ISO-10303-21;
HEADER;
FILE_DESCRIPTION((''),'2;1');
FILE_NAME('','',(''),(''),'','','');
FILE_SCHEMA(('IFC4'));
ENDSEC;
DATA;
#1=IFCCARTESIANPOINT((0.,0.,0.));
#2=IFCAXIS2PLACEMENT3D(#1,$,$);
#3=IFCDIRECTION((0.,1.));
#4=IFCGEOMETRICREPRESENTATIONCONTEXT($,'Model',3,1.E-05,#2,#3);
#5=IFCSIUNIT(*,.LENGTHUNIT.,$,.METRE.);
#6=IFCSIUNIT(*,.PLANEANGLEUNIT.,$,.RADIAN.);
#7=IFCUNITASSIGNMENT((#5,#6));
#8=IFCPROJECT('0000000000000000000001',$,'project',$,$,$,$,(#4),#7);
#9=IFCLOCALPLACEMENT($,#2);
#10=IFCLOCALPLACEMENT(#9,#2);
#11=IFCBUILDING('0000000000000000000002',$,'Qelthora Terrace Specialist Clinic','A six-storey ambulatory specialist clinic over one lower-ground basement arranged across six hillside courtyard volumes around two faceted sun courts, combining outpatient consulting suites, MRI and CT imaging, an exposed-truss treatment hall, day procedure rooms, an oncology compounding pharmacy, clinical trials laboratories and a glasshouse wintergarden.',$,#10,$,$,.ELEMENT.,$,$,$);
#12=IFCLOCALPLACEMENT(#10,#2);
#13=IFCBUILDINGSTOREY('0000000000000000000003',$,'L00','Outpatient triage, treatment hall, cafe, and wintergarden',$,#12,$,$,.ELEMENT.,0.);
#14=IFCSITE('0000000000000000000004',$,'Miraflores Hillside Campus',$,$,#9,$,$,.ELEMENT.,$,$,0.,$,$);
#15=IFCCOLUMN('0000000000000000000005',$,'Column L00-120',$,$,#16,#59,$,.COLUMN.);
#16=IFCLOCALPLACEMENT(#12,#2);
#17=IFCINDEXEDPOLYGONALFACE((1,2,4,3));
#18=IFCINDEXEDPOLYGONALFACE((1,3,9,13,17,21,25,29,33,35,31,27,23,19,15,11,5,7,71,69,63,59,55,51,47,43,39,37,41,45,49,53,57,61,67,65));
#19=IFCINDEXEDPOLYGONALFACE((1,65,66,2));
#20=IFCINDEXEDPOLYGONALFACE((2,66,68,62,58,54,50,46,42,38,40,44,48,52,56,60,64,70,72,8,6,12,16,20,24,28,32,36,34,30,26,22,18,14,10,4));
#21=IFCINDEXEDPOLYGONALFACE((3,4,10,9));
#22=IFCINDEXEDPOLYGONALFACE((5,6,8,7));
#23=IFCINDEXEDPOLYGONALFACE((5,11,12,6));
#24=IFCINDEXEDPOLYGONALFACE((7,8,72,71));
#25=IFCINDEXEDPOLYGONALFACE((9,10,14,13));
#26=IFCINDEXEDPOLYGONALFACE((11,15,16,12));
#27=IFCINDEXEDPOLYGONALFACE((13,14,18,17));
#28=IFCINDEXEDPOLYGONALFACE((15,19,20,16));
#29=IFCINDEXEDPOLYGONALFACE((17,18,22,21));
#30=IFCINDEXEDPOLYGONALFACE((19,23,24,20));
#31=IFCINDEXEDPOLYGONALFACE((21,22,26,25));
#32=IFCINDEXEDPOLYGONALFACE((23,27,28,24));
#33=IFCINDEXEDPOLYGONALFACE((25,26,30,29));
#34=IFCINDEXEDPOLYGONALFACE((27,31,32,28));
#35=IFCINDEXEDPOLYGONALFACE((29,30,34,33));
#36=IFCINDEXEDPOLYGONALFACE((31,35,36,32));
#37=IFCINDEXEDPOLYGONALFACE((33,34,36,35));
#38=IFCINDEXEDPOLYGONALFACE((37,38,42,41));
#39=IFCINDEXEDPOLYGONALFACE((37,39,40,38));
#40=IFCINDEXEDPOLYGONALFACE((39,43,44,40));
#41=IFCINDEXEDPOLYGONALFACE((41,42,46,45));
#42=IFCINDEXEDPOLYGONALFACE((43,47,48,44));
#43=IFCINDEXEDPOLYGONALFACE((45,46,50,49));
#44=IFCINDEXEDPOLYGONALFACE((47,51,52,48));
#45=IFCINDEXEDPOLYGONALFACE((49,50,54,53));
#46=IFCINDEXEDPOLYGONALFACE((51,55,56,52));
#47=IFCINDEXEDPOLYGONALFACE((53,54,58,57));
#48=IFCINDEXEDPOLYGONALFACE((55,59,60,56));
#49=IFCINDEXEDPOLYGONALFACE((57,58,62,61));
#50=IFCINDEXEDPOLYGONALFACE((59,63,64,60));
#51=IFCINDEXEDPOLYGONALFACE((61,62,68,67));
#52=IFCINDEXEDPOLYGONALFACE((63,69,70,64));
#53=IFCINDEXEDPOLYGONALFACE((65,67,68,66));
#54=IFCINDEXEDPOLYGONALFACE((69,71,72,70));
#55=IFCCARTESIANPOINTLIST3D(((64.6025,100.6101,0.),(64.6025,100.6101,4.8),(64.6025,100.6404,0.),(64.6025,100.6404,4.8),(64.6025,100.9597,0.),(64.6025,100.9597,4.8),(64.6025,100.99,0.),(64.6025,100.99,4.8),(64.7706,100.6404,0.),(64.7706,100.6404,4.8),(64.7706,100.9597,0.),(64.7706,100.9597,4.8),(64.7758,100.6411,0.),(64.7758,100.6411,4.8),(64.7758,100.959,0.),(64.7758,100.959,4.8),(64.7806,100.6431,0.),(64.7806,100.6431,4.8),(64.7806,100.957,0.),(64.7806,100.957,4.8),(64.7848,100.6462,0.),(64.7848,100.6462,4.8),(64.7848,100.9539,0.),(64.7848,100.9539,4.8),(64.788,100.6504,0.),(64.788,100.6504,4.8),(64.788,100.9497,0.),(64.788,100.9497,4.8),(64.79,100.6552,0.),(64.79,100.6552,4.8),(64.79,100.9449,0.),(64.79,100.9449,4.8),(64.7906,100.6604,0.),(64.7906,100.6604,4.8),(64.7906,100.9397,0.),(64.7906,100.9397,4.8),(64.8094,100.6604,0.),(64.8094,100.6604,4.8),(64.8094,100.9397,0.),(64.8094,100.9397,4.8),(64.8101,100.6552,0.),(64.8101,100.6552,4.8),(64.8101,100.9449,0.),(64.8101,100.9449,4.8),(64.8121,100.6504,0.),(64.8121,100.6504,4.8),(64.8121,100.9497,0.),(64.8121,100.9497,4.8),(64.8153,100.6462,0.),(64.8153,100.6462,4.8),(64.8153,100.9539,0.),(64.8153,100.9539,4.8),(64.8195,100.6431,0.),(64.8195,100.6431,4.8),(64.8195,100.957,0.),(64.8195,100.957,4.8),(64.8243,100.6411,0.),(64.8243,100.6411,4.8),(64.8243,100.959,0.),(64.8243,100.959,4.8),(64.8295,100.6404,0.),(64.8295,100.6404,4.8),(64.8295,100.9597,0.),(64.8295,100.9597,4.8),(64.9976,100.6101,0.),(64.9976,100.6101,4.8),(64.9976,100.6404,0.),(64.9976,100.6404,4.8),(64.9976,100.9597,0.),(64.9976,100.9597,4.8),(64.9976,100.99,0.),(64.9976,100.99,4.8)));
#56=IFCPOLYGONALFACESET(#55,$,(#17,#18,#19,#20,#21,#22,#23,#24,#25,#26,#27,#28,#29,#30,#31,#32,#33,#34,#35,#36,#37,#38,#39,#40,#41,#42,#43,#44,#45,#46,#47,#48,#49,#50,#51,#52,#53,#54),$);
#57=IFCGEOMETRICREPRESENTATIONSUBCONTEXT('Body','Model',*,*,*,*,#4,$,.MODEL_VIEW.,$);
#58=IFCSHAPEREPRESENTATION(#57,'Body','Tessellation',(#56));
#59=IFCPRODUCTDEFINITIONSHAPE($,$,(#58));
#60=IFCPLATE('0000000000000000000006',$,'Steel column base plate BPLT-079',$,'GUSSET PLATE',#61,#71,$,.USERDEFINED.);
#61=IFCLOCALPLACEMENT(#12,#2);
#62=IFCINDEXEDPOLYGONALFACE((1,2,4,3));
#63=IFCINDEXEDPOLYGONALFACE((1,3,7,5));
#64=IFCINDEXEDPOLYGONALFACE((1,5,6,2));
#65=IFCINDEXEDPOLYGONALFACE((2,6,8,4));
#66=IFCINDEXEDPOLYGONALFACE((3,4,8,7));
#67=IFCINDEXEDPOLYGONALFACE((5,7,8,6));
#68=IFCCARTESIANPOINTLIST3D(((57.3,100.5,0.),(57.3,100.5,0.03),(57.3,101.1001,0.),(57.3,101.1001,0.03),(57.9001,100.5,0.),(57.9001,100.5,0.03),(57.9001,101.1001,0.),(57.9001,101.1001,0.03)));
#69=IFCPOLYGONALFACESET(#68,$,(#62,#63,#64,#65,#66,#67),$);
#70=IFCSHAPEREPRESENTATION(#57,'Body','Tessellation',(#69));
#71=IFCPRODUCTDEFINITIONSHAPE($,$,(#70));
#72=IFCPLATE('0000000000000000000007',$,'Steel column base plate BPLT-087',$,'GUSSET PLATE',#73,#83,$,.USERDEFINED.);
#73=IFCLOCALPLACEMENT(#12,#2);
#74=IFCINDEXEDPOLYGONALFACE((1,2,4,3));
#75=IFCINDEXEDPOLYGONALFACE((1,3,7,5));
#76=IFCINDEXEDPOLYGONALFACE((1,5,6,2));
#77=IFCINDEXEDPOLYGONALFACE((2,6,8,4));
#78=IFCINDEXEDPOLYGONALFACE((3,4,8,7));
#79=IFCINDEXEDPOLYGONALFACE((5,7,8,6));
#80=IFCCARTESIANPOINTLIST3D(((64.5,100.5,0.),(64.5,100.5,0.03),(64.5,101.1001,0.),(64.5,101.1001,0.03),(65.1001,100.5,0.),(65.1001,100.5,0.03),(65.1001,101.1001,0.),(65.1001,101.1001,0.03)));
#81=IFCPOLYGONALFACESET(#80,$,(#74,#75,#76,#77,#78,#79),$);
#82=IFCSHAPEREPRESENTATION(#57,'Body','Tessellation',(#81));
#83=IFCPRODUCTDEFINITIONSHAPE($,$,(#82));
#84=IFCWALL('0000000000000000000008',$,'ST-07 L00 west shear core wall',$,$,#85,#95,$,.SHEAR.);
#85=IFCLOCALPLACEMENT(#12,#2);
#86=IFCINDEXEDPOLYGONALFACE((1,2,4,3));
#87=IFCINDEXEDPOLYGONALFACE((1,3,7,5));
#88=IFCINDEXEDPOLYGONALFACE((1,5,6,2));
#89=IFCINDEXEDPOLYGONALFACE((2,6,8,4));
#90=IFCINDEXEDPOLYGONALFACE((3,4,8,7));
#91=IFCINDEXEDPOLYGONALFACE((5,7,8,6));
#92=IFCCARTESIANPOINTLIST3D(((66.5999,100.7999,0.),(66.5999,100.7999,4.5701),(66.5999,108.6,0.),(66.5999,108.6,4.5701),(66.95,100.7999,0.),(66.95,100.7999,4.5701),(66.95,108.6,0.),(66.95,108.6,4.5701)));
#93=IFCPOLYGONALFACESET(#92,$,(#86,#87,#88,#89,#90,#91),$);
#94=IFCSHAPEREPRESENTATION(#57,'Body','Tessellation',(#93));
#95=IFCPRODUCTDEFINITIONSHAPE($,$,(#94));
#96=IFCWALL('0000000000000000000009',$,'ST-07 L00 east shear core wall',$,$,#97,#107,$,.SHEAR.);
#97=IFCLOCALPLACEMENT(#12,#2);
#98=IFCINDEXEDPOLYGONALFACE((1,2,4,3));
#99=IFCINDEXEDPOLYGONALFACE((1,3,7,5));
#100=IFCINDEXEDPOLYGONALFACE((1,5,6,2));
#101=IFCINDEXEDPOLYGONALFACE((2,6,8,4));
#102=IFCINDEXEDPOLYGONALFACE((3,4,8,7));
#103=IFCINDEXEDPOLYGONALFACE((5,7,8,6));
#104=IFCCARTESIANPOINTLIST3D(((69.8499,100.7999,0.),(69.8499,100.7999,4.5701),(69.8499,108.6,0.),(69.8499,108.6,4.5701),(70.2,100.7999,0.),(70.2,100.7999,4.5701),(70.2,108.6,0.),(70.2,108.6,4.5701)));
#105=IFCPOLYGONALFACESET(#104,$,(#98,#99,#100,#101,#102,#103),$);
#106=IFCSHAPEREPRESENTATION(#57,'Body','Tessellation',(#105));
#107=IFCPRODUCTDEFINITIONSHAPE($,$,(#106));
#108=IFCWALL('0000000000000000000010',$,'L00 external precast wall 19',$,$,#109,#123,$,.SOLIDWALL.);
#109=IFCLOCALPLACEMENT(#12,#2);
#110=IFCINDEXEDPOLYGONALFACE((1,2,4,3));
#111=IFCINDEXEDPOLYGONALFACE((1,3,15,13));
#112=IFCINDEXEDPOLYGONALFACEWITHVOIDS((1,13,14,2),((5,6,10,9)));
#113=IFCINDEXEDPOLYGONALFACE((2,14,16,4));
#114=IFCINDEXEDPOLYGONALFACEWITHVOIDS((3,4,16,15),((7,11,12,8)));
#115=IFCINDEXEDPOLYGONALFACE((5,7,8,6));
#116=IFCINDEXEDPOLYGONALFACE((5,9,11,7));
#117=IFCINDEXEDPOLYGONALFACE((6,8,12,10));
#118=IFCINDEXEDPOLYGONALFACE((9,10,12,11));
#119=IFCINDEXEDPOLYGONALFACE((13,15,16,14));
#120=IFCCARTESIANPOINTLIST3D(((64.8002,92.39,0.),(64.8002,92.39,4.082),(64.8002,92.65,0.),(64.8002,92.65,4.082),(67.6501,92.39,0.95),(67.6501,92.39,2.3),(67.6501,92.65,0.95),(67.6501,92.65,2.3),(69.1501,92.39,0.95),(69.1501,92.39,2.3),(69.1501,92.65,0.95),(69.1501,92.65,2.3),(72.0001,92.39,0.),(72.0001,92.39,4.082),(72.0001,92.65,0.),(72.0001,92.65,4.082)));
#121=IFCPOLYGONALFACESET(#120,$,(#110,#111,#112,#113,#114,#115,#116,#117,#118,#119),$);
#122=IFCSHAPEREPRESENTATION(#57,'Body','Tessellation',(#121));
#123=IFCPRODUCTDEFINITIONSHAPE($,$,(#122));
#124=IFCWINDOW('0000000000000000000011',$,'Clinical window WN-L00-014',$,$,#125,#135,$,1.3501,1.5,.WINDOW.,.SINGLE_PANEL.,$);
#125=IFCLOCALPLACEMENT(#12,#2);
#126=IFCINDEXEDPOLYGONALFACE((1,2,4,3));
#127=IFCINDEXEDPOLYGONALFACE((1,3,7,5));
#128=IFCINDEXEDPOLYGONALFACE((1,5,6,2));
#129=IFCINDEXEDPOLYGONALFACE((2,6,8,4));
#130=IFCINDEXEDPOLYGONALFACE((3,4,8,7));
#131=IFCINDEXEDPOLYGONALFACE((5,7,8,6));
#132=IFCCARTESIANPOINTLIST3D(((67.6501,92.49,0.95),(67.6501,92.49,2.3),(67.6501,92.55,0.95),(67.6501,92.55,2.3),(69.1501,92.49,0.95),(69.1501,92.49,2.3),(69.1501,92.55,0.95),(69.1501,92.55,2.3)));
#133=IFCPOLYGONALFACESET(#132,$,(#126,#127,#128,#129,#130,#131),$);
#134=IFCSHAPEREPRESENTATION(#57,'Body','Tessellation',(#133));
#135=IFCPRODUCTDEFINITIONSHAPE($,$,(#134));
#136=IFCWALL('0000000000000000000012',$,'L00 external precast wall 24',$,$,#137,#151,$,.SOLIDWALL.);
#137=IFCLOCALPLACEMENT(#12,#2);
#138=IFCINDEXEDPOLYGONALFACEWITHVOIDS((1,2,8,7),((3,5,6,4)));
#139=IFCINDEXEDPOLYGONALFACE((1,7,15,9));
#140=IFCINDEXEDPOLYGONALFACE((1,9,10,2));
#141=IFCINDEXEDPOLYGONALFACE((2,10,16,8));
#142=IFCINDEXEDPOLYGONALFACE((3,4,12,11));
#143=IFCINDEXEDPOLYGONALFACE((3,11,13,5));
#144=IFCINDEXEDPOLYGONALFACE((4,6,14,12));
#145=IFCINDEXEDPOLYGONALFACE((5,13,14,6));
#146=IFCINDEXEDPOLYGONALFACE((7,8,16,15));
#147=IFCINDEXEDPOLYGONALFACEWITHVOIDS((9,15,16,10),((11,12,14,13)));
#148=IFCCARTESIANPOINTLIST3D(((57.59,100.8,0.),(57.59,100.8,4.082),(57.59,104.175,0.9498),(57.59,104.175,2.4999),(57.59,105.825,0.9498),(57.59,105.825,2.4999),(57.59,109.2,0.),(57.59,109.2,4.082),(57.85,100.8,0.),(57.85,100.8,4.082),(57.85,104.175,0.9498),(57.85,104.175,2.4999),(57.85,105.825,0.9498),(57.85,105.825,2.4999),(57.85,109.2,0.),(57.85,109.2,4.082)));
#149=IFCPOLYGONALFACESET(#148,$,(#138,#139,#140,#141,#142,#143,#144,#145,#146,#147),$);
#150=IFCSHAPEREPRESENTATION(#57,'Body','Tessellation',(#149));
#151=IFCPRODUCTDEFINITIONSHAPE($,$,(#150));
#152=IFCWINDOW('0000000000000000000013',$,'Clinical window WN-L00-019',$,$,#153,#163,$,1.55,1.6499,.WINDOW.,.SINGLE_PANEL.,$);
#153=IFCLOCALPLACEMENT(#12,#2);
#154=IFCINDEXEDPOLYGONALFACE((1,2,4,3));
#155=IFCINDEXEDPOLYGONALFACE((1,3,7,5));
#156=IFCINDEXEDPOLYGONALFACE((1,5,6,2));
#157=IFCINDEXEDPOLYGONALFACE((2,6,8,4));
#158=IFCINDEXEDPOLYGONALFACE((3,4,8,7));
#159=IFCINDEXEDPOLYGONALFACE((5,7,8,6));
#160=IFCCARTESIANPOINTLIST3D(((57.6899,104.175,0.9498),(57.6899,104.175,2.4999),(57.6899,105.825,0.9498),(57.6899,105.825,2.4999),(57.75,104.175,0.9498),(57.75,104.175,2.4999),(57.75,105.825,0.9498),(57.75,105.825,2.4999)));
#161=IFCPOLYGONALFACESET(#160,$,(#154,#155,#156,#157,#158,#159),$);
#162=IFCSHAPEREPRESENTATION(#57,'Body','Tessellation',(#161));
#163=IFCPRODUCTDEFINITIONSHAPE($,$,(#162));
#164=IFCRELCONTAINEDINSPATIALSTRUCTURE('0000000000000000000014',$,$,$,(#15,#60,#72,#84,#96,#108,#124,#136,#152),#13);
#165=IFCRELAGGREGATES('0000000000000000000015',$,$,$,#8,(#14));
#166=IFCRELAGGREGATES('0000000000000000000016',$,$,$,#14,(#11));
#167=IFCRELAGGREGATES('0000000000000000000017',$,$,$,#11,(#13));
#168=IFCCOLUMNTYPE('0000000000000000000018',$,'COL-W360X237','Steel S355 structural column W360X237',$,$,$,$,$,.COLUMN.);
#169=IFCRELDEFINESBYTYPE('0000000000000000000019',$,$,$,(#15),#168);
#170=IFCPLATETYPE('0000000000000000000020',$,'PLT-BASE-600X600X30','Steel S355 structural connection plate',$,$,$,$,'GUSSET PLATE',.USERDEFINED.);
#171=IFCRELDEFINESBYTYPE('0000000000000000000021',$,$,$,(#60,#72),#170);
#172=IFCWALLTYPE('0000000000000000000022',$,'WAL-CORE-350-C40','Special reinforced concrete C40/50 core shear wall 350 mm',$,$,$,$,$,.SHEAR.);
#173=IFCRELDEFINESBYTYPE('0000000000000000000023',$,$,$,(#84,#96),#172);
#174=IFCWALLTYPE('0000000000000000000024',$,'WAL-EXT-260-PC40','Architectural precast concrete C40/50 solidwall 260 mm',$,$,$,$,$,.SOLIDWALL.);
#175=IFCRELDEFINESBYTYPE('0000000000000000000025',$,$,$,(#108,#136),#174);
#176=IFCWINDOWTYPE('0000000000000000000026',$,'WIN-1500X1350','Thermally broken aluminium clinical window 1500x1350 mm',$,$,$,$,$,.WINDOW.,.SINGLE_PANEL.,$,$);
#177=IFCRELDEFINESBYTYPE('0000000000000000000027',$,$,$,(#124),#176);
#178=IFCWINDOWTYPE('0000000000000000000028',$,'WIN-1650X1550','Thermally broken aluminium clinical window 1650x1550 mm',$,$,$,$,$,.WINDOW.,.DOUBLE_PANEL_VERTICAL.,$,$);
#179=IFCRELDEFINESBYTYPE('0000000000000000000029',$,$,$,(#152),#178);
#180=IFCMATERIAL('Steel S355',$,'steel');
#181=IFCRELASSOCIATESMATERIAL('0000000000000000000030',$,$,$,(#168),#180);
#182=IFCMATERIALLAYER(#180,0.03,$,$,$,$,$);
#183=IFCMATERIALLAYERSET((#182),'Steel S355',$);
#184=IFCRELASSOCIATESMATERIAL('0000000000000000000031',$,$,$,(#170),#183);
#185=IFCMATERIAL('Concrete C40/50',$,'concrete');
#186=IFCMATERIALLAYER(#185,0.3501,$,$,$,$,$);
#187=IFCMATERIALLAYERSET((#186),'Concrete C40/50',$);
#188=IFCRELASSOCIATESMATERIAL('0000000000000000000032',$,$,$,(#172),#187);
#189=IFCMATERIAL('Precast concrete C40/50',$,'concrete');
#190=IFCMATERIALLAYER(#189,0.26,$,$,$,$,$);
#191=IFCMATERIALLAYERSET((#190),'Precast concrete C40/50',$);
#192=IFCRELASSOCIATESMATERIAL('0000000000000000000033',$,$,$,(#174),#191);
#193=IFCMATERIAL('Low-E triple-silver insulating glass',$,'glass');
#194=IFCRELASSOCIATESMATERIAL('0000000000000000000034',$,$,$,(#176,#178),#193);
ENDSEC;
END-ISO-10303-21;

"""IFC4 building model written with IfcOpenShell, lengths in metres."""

from ifc_helpers import new_model, si_unit, direction, frame, frame_2d, origin, origin_2d, place, context, subcontext, project, spatial, rectangle, i_section, extrude, material, layer, layer_set, material_profile, profile_set, type_object, element, fill, save


model = new_model("IFC4")

# Units and contexts
model_context = context("Model", 3, precision=1e-05, world=origin(), true_north=direction((0.0, 1.0)))
body_context = subcontext(model_context, "Body", "Model", "MODEL_VIEW")
ifc_project = project(units=[si_unit("LENGTHUNIT", "METRE"), si_unit("PLANEANGLEUNIT", "RADIAN")], contexts=[model_context])

# Site, building, storey
site_placement = place(None, origin())
site = spatial("IfcSite", under=ifc_project, at=site_placement, Name="Miraflores Hillside Campus", CompositionType="ELEMENT", RefElevation=0.0)
building_placement = place(site_placement, origin())
building = spatial("IfcBuilding", under=site, at=building_placement, Name="Qelthora Terrace Specialist Clinic", Description="A six-storey ambulatory specialist clinic over one lower-ground basement arranged across six hillside courtyard volumes around two faceted sun courts, combining outpatient consulting suites, MRI and CT imaging, an exposed-truss treatment hall, day procedure rooms, an oncology compounding pharmacy, clinical trials laboratories and a glasshouse wintergarden.", CompositionType="ELEMENT")
storey_placement = place(building_placement, origin())
storey = spatial("IfcBuildingStorey", under=building, at=storey_placement, Name="L00", Description="Outpatient triage, treatment hall, cafe, and wintergarden", CompositionType="ELEMENT", Elevation=0.0)

# Column
ifc_material_1 = material(Name="Steel S355", Category="steel")
ifc_material_profile_1 = material_profile(ifc_material_1, i_section(OverallWidth=0.395, OverallDepth=0.3799, WebThickness=0.0188, FlangeThickness=0.0303, FilletRadius=0.02, at=origin_2d()), Name="W360X237")
ifc_profile_set_1 = profile_set([ifc_material_profile_1], Name="Steel S355")
column_type = type_object("IfcColumnType", Name="COL-W360X237", Description="Steel S355 structural column W360X237", PredefinedType="COLUMN", material=ifc_profile_set_1)
for number, where, z_axis, x_axis, name in (
    (1, (64.8, 100.8, 0.0), (0.0, 0.0, 1.0), (1.0, 0.0, 0.0), "Column L00-120"),
):
    element("IfcColumn", number, at=place(storey_placement, frame(where, z_axis=z_axis, x_axis=x_axis)), inside=storey, type_object=column_type, Name=name, PredefinedType="COLUMN", context=body_context, shape_type="SweptSolid", body=[
        extrude(i_section(OverallWidth=0.395, OverallDepth=0.3799, WebThickness=0.0188, FlangeThickness=0.0303, FilletRadius=0.02, at=origin_2d()), origin(), (0.0, 0.0, 1.0), 4.8),
    ])

# Plates
ifc_layer_1 = layer(ifc_material_1, 0.03)
ifc_layer_set_1 = layer_set([ifc_layer_1], Name="Steel S355")
plate_type = type_object("IfcPlateType", Name="PLT-BASE-600X600X30", Description="Steel S355 structural connection plate", ElementType="GUSSET PLATE", PredefinedType="USERDEFINED", material=ifc_layer_set_1)
for number, where, z_axis, x_axis, name in (
    (2, (57.6001, 100.8, 0.0), (0.0, 0.0, 1.0), (1.0, 0.0, 0.0), "Steel column base plate BPLT-079"),
    (3, (64.8, 100.8, 0.0), (0.0, 0.0, 1.0), (1.0, 0.0, 0.0), "Steel column base plate BPLT-087"),
):
    element("IfcPlate", number, at=place(storey_placement, frame(where, z_axis=z_axis, x_axis=x_axis)), inside=storey, type_object=plate_type, Name=name, ObjectType="GUSSET PLATE", PredefinedType="USERDEFINED", context=body_context, shape_type="SweptSolid", body=[
        extrude(rectangle(XDim=0.6001, YDim=0.6001, at=origin_2d()), origin(), (0.0, 0.0, 1.0), 0.03),
    ])

# Walls
ifc_material_2 = material(Name="Concrete C40/50", Category="concrete")
ifc_layer_2 = layer(ifc_material_2, 0.3501)
ifc_layer_set_2 = layer_set([ifc_layer_2], Name="Concrete C40/50")
wall_type_1 = type_object("IfcWallType", Name="WAL-CORE-350-C40", Description="Special reinforced concrete C40/50 core shear wall 350 mm", PredefinedType="SHEAR", material=ifc_layer_set_2)
for number, where, z_axis, x_axis, name in (
    (4, (66.7749, 100.8, 0.0), (0.0, 0.0, 1.0), (0.0, 1.0, 0.0), "ST-07 L00 west shear core wall"),
    (5, (70.0249, 100.8, 0.0), (0.0, 0.0, 1.0), (0.0, 1.0, 0.0), "ST-07 L00 east shear core wall"),
):
    element("IfcWall", number, at=place(storey_placement, frame(where, z_axis=z_axis, x_axis=x_axis)), inside=storey, type_object=wall_type_1, Name=name, PredefinedType="SHEAR", context=body_context, shape_type="SweptSolid", body=[
        extrude(rectangle(XDim=7.8, YDim=0.3501, at=frame_2d((3.8999, 0.0))), origin(), (0.0, 0.0, 1.0), 4.5701),
    ])

# Walls, openings, windows
ifc_material_3 = material(Name="Precast concrete C40/50", Category="concrete")
ifc_layer_3 = layer(ifc_material_3, 0.26)
ifc_layer_set_3 = layer_set([ifc_layer_3], Name="Precast concrete C40/50")
wall_type_2 = type_object("IfcWallType", Name="WAL-EXT-260-PC40", Description="Architectural precast concrete C40/50 solidwall 260 mm", PredefinedType="SOLIDWALL", material=ifc_layer_set_3)
wall_1_placement = place(storey_placement, frame((64.8, 92.52, 0.0), z_axis=(0.0, 0.0, 1.0), x_axis=(1.0, 0.0, 0.0)))
wall_1 = element("IfcWall", 6, at=wall_1_placement, inside=storey, type_object=wall_type_2, Name="L00 external precast wall 19", PredefinedType="SOLIDWALL", context=body_context, shape_type="SweptSolid", body=[
    extrude(rectangle(XDim=7.2, YDim=0.26, at=frame_2d((3.6001, 0.0))), origin(), (0.0, 0.0, 1.0), 4.082),
])
opening_1_placement = place(wall_1_placement, frame((2.8501, 0.0, 0.95)))
opening_1 = element("IfcOpeningElement", 7, at=opening_1_placement, cuts=wall_1, PredefinedType="OPENING", context=body_context, shape_type="SweptSolid", body=[
    extrude(rectangle(XDim=1.5, YDim=1.3501, at=frame_2d((0.75, 0.675))), frame((0.0, 0.1399, 0.0), z_axis=(0.0, -1.0, 0.0), x_axis=(1.0, 0.0, 0.0)), (0.0, 0.0, 1.0), 0.28),
])
ifc_material_4 = material(Name="Low-E triple-silver insulating glass", Category="glass")
window_type_1 = type_object("IfcWindowType", Name="WIN-1500X1350", Description="Thermally broken aluminium clinical window 1500x1350 mm", PartitioningType="SINGLE_PANEL", PredefinedType="WINDOW", material=ifc_material_4)
window_1_placement = place(opening_1_placement, origin())
window_1 = element("IfcWindow", 8, at=window_1_placement, inside=storey, type_object=window_type_1, Name="Clinical window WN-L00-014", OverallHeight=1.3501, OverallWidth=1.5, PartitioningType="SINGLE_PANEL", PredefinedType="WINDOW", context=body_context, shape_type="SweptSolid", body=[
    extrude(rectangle(XDim=1.5, YDim=1.3501, at=frame_2d((0.75, 0.675))), frame((0.0, 0.03, 0.0), z_axis=(0.0, -1.0, 0.0), x_axis=(1.0, 0.0, 0.0)), (0.0, 0.0, 1.0), 0.0601),
])
fill(opening_1, window_1)
wall_2_placement = place(storey_placement, frame((57.72, 100.8, 0.0), z_axis=(0.0, 0.0, 1.0), x_axis=(0.0, 1.0, 0.0)))
wall_2 = element("IfcWall", 9, at=wall_2_placement, inside=storey, type_object=wall_type_2, Name="L00 external precast wall 24", PredefinedType="SOLIDWALL", context=body_context, shape_type="SweptSolid", body=[
    extrude(rectangle(XDim=8.3999, YDim=0.26, at=frame_2d((4.2, 0.0))), origin(), (0.0, 0.0, 1.0), 4.082),
])
opening_2_placement = place(wall_2_placement, frame((3.375, 0.0, 0.95)))
opening_2 = element("IfcOpeningElement", 10, at=opening_2_placement, cuts=wall_2, PredefinedType="OPENING", context=body_context, shape_type="SweptSolid", body=[
    extrude(rectangle(XDim=1.6499, YDim=1.55, at=frame_2d((0.825, 0.7749))), frame((0.0, 0.1399, 0.0), z_axis=(0.0, -1.0, 0.0), x_axis=(1.0, 0.0, 0.0)), (0.0, 0.0, 1.0), 0.28),
])
window_type_2 = type_object("IfcWindowType", Name="WIN-1650X1550", Description="Thermally broken aluminium clinical window 1650x1550 mm", PartitioningType="DOUBLE_PANEL_VERTICAL", PredefinedType="WINDOW", material=ifc_material_4)
window_2_placement = place(opening_2_placement, origin())
window_2 = element("IfcWindow", 11, at=window_2_placement, inside=storey, type_object=window_type_2, Name="Clinical window WN-L00-019", OverallHeight=1.55, OverallWidth=1.6499, PartitioningType="SINGLE_PANEL", PredefinedType="WINDOW", context=body_context, shape_type="SweptSolid", body=[
    extrude(rectangle(XDim=1.6499, YDim=1.55, at=frame_2d((0.825, 0.7749))), frame((0.0, 0.03, 0.0), z_axis=(0.0, -1.0, 0.0), x_axis=(1.0, 0.0, 0.0)), (0.0, 0.0, 1.0), 0.0601),
])
fill(opening_2, window_2)

save(model, "model.ifc")
